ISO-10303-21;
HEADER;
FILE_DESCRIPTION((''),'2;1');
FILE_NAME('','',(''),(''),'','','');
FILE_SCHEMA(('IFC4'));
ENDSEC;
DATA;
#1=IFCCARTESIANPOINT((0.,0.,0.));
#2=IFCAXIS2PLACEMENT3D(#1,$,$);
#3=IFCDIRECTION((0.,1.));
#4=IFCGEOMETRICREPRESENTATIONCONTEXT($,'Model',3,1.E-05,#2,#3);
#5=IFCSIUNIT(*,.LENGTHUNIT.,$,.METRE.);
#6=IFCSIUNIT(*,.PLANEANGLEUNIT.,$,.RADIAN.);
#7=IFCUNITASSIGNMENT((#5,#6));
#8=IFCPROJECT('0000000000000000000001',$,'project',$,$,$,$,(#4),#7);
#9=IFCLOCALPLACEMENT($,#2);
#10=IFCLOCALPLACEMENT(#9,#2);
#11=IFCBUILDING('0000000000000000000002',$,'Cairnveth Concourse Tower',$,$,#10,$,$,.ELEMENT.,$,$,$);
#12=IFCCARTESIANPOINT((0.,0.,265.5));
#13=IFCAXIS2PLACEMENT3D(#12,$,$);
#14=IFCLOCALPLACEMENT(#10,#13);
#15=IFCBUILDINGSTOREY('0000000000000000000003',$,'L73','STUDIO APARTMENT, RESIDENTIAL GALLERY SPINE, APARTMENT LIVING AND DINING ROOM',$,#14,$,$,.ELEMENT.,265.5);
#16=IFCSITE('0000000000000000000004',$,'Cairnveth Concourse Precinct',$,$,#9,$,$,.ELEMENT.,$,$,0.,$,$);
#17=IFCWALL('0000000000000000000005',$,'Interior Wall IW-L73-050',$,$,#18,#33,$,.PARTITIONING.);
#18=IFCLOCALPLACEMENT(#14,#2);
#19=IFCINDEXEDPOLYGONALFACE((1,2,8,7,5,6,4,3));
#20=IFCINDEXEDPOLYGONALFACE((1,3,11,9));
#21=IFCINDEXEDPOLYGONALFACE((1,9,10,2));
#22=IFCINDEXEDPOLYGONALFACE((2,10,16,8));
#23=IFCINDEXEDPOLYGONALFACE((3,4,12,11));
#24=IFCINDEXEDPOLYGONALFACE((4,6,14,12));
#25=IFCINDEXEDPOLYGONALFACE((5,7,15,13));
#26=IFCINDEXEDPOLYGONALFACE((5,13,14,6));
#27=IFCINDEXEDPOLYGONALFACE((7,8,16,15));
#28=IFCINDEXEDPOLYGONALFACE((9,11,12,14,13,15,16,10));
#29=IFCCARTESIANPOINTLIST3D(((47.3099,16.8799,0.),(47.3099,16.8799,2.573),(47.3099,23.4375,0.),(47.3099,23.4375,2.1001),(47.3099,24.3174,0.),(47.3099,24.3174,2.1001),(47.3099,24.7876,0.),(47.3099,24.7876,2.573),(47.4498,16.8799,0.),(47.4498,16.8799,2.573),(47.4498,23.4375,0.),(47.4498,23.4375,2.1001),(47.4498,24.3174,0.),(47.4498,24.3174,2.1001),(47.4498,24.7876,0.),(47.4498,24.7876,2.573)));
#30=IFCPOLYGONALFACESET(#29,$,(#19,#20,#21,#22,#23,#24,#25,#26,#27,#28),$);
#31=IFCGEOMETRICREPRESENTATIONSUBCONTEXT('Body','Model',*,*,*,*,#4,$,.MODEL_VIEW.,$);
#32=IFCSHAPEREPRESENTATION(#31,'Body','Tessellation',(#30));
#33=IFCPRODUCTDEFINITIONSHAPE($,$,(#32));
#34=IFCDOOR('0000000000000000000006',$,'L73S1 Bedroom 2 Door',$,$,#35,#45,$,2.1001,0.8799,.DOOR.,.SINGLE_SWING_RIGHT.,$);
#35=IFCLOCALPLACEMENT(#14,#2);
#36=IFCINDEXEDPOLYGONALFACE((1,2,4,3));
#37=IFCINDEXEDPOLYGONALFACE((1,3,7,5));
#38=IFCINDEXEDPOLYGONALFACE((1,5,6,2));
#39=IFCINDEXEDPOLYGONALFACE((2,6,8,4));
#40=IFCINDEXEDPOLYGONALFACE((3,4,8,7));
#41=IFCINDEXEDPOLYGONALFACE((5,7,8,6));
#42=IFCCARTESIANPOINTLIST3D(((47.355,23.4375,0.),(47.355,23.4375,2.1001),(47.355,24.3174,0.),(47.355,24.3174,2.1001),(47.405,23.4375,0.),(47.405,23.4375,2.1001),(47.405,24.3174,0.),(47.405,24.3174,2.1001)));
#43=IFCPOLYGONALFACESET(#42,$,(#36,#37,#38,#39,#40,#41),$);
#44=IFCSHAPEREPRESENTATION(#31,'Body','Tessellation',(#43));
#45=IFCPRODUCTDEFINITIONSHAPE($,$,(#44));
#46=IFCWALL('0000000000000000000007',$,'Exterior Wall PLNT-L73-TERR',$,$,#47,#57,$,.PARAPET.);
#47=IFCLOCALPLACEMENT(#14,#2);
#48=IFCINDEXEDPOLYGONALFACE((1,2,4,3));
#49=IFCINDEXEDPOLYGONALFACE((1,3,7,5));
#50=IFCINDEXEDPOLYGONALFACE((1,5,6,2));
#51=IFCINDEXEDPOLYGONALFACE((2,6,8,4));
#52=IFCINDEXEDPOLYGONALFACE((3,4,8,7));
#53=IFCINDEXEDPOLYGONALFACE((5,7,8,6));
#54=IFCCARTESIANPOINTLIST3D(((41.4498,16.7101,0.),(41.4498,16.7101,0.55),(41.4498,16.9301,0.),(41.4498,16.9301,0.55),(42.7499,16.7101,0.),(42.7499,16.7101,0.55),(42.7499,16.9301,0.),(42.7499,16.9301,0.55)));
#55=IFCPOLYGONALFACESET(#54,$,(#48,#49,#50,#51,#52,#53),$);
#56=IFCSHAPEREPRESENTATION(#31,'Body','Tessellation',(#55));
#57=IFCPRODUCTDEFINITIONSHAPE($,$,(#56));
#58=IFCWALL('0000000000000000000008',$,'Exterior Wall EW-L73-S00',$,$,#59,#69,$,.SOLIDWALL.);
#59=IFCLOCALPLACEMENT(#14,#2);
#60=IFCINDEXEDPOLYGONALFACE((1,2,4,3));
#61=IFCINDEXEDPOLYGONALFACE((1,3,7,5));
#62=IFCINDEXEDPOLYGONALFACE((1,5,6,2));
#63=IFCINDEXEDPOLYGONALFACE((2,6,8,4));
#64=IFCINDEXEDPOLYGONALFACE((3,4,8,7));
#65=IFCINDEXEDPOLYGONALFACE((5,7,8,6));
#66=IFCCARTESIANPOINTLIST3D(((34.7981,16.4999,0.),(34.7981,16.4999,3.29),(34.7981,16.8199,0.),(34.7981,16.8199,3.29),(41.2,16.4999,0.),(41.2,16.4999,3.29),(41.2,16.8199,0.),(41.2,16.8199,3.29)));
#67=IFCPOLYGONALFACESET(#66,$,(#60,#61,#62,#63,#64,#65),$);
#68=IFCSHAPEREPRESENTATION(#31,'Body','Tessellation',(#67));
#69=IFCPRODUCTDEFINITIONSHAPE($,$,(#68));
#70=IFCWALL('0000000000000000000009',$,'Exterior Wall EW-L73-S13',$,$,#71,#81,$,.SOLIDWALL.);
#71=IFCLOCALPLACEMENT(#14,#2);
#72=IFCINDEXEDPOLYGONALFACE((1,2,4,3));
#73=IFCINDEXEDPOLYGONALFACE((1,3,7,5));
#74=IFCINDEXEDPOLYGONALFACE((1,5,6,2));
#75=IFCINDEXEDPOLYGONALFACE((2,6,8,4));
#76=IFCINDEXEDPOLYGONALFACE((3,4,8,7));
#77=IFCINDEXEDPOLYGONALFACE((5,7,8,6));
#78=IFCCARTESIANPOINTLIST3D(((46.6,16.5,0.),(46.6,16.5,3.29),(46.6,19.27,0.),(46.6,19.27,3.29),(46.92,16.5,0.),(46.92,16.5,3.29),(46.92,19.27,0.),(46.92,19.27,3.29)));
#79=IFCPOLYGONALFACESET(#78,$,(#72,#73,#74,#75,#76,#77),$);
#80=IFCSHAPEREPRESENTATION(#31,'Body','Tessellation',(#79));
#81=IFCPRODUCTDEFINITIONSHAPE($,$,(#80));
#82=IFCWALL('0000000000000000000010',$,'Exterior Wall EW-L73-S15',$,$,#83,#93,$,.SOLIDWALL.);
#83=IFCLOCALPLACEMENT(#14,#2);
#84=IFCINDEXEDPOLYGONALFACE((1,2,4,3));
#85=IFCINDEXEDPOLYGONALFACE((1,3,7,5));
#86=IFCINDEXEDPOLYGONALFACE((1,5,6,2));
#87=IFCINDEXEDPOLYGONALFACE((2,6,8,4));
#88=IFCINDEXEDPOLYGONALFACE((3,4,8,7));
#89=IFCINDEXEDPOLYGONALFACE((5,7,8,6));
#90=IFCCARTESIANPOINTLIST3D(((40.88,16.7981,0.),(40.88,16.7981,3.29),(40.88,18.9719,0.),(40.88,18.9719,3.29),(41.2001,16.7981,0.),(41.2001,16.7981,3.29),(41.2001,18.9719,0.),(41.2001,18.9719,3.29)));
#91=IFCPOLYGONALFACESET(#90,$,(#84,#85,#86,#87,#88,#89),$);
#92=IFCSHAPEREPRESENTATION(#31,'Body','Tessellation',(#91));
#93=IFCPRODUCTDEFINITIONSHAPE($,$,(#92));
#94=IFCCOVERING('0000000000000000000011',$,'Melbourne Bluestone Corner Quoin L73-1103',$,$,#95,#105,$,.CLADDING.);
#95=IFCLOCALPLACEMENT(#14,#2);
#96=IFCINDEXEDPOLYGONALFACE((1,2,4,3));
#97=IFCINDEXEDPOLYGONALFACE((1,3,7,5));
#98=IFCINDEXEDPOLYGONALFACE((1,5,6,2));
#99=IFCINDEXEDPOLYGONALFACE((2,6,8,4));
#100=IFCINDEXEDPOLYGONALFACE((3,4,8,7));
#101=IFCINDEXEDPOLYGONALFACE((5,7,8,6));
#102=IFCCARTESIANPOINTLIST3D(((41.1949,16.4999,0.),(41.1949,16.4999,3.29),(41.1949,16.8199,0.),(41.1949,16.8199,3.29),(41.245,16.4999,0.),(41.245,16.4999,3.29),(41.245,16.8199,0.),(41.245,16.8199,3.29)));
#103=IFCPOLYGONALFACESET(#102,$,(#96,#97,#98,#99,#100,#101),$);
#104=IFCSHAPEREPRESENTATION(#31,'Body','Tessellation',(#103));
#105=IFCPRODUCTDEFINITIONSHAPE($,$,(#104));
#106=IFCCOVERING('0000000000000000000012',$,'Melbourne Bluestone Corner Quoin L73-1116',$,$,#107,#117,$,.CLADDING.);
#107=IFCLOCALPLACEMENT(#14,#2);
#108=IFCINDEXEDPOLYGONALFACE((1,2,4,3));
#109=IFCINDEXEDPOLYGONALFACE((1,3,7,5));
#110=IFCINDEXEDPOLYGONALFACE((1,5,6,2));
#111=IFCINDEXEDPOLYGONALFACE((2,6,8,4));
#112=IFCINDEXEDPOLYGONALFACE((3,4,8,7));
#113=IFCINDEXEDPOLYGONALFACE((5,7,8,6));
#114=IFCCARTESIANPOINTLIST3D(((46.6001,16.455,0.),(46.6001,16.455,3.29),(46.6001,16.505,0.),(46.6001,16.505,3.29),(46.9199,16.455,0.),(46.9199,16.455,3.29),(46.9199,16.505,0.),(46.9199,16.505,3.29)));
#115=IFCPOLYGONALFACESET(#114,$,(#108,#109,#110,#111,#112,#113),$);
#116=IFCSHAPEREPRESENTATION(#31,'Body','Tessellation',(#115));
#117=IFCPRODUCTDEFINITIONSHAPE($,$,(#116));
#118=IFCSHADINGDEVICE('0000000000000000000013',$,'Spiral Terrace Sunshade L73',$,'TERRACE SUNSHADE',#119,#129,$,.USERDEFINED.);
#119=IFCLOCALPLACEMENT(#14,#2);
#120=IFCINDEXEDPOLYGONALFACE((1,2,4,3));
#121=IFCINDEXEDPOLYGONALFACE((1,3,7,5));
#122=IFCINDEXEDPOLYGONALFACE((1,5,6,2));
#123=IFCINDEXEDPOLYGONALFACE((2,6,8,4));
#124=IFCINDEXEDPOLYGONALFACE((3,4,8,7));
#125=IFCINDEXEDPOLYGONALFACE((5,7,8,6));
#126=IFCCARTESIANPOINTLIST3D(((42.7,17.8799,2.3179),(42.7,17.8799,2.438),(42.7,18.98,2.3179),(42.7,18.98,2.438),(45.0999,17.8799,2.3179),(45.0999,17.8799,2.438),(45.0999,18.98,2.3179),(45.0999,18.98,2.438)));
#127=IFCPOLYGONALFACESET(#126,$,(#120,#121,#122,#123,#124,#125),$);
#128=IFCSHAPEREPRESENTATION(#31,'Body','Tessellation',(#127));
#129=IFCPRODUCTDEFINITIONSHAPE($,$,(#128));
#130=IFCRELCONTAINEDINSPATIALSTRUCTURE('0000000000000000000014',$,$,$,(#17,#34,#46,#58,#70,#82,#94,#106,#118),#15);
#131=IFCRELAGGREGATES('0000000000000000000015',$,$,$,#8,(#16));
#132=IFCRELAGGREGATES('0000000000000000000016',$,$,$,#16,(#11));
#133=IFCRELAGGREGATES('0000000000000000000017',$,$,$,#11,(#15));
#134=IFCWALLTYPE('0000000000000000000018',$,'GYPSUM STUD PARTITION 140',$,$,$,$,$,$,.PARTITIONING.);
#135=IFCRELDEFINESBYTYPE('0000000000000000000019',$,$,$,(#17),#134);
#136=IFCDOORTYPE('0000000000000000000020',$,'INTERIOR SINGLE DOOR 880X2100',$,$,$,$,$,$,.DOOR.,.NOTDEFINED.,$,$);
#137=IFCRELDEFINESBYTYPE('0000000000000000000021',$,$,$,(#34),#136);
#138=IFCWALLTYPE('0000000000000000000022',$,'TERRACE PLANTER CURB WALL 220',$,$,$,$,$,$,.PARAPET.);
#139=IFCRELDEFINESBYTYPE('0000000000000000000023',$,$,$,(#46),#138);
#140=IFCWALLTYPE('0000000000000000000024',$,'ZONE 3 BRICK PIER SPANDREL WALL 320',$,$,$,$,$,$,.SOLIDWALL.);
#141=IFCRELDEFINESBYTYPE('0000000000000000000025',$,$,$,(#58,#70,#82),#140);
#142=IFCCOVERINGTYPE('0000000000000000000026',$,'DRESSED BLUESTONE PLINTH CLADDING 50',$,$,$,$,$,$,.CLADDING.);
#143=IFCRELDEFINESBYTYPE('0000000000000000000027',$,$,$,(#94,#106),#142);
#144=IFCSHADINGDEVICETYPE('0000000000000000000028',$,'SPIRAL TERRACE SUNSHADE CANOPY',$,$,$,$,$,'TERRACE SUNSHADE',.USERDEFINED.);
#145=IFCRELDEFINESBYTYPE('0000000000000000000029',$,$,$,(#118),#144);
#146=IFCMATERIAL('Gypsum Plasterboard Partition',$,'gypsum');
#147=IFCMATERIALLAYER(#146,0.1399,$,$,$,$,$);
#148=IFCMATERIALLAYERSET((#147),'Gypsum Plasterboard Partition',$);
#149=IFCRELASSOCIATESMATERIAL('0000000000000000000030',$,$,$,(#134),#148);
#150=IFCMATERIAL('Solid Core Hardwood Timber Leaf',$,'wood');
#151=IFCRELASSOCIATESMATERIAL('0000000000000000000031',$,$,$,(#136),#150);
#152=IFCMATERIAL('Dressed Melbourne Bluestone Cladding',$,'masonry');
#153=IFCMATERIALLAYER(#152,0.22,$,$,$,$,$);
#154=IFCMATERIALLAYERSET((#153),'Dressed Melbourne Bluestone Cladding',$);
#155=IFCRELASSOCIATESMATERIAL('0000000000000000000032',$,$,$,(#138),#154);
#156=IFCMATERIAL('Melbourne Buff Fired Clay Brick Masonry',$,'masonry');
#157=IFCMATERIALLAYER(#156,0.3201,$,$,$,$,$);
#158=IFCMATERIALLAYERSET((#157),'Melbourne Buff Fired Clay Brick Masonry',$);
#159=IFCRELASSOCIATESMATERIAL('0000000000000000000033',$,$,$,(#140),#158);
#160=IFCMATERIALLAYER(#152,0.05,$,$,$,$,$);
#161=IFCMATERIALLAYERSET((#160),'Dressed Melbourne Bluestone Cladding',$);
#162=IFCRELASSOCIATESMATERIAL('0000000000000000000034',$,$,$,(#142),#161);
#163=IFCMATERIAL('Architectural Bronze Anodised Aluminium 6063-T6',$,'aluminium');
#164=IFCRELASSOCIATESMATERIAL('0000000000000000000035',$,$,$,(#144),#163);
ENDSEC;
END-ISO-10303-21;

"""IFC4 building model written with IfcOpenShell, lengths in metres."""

from ifc_helpers import new_model, si_unit, direction, frame, frame_2d, origin, origin_2d, place, context, subcontext, project, spatial, rectangle, extrude, material, layer, layer_set, type_object, element, fill, save


model = new_model("IFC4")

# Units and contexts
model_context = context("Model", 3, precision=1e-05, world=origin(), true_north=direction((0.0, 1.0)))
body_context = subcontext(model_context, "Body", "Model", "MODEL_VIEW")
ifc_project = project(units=[si_unit("LENGTHUNIT", "METRE"), si_unit("PLANEANGLEUNIT", "RADIAN")], contexts=[model_context])

# Site, building, storey
site_placement = place(None, origin())
site = spatial("IfcSite", under=ifc_project, at=site_placement, Name="Cairnveth Concourse Precinct", CompositionType="ELEMENT", RefElevation=0.0)
building_placement = place(site_placement, origin())
building = spatial("IfcBuilding", under=site, at=building_placement, Name="Cairnveth Concourse Tower", CompositionType="ELEMENT")
storey_placement = place(building_placement, frame((0.0, 0.0, 265.5)))
storey = spatial("IfcBuildingStorey", under=building, at=storey_placement, Name="L73", Description="STUDIO APARTMENT, RESIDENTIAL GALLERY SPINE, APARTMENT LIVING AND DINING ROOM", CompositionType="ELEMENT", Elevation=265.5)

# Wall, opening, door
ifc_material_1 = material(Name="Gypsum Plasterboard Partition", Category="gypsum")
ifc_layer_1 = layer(ifc_material_1, 0.1399)
ifc_layer_set_1 = layer_set([ifc_layer_1], Name="Gypsum Plasterboard Partition")
wall_type_1 = type_object("IfcWallType", Name="GYPSUM STUD PARTITION 140", PredefinedType="PARTITIONING", material=ifc_layer_set_1)
ifc_material_2 = material(Name="Solid Core Hardwood Timber Leaf", Category="wood")
door_type_1 = type_object("IfcDoorType", Name="INTERIOR SINGLE DOOR 880X2100", OperationType="NOTDEFINED", PredefinedType="DOOR", material=ifc_material_2)
wall_1_placement = place(storey_placement, frame((47.3799, 16.8799, 0.0), z_axis=(0.0, 0.0, 1.0), x_axis=(0.0, 1.0, 0.0)))
wall_1 = element("IfcWall", 1, at=wall_1_placement, inside=storey, type_object=wall_type_1, Name="Interior Wall IW-L73-050", PredefinedType="PARTITIONING", context=body_context, shape_type="SweptSolid", body=[
    extrude(rectangle(XDim=7.9077, YDim=0.1399, at=frame_2d((3.9539, 0.0))), origin(), (0.0, 0.0, 1.0), 2.573),
])
opening_1_placement = place(wall_1_placement, frame((6.5576, 0.0, 0.0)))
opening_1 = element("IfcOpeningElement", 2, at=opening_1_placement, cuts=wall_1, PredefinedType="OPENING", context=body_context, shape_type="SweptSolid", body=[
    extrude(rectangle(XDim=0.8799, YDim=2.1001, at=frame_2d((0.4399, 1.05))), frame((0.0, 0.0798, 0.0), z_axis=(0.0, -1.0, 0.0), x_axis=(1.0, 0.0, 0.0)), (0.0, 0.0, 1.0), 0.1599),
])
door_1_placement = place(opening_1_placement, origin())
door_1 = element("IfcDoor", 3, at=door_1_placement, inside=storey, type_object=door_type_1, Name="L73S1 Bedroom 2 Door", OperationType="SINGLE_SWING_RIGHT", OverallHeight=2.1001, OverallWidth=0.8799, PredefinedType="DOOR", context=body_context, shape_type="SweptSolid", body=[
    extrude(rectangle(XDim=0.8799, YDim=2.1001, at=frame_2d((0.4399, 1.05))), frame((0.0, 0.0249, 0.0), z_axis=(0.0, -1.0, 0.0), x_axis=(1.0, 0.0, 0.0)), (0.0, 0.0, 1.0), 0.05),
])
fill(opening_1, door_1)

# Walls
ifc_material_3 = material(Name="Dressed Melbourne Bluestone Cladding", Category="masonry")
ifc_layer_2 = layer(ifc_material_3, 0.22)
ifc_layer_set_2 = layer_set([ifc_layer_2], Name="Dressed Melbourne Bluestone Cladding")
wall_type_2 = type_object("IfcWallType", Name="TERRACE PLANTER CURB WALL 220", PredefinedType="PARAPET", material=ifc_layer_set_2)
wall_2_placement = place(storey_placement, frame((41.45, 16.8201, 0.0), z_axis=(0.0, 0.0, 1.0), x_axis=(1.0, 0.0, 0.0)))
element("IfcWall", 4, at=wall_2_placement, inside=storey, type_object=wall_type_2, Name="Exterior Wall PLNT-L73-TERR", PredefinedType="PARAPET", context=body_context, shape_type="SweptSolid", body=[
    extrude(rectangle(XDim=1.3, YDim=0.22, at=frame_2d((0.6499, 0.0))), origin(), (0.0, 0.0, 1.0), 0.55),
])
ifc_material_4 = material(Name="Melbourne Buff Fired Clay Brick Masonry", Category="masonry")
ifc_layer_3 = layer(ifc_material_4, 0.3201)
ifc_layer_set_3 = layer_set([ifc_layer_3], Name="Melbourne Buff Fired Clay Brick Masonry")
wall_type_3 = type_object("IfcWallType", Name="ZONE 3 BRICK PIER SPANDREL WALL 320", PredefinedType="SOLIDWALL", material=ifc_layer_set_3)
wall_3_placement = place(storey_placement, frame((41.2, 16.6599, 0.0), z_axis=(0.0, 0.0, 1.0), x_axis=(-1.0, 0.0, 0.0)))
element("IfcWall", 5, at=wall_3_placement, inside=storey, type_object=wall_type_3, Name="Exterior Wall EW-L73-S00", PredefinedType="SOLIDWALL", context=body_context, shape_type="SweptSolid", body=[
    extrude(rectangle(XDim=6.4019, YDim=0.3201, at=frame_2d((3.2009, 0.0))), origin(), (0.0, 0.0, 1.0), 3.29),
])
wall_4_placement = place(storey_placement, frame((46.76, 16.5, 0.0), z_axis=(0.0, 0.0, 1.0), x_axis=(0.0, 1.0, 0.0)))
element("IfcWall", 6, at=wall_4_placement, inside=storey, type_object=wall_type_3, Name="Exterior Wall EW-L73-S13", PredefinedType="SOLIDWALL", context=body_context, shape_type="SweptSolid", body=[
    extrude(rectangle(XDim=2.77, YDim=0.3201, at=frame_2d((1.385, 0.0))), origin(), (0.0, 0.0, 1.0), 3.29),
])

# Shared definitions
ifc_material_5 = material(Name="Architectural Bronze Anodised Aluminium 6063-T6", Category="aluminium")

# Wall
wall_5_placement = place(storey_placement, frame((41.04, 18.9719, 0.0), z_axis=(0.0, 0.0, 1.0), x_axis=(0.0, -1.0, 0.0)))
element("IfcWall", 7, at=wall_5_placement, inside=storey, type_object=wall_type_3, Name="Exterior Wall EW-L73-S15", PredefinedType="SOLIDWALL", context=body_context, shape_type="SweptSolid", body=[
    extrude(rectangle(XDim=2.1738, YDim=0.3201, at=frame_2d((1.0869, 0.0))), origin(), (0.0, 0.0, 1.0), 3.29),
])

# Coverings
ifc_layer_4 = layer(ifc_material_3, 0.05)
ifc_layer_set_4 = layer_set([ifc_layer_4], Name="Dressed Melbourne Bluestone Cladding")
covering_type = type_object("IfcCoveringType", Name="DRESSED BLUESTONE PLINTH CLADDING 50", PredefinedType="CLADDING", material=ifc_layer_set_4)
covering_1_placement = place(storey_placement, frame((41.22, 16.8201, 0.0), z_axis=(0.0, 0.0, 1.0), x_axis=(0.0, -1.0, 0.0)))
element("IfcCovering", 8, at=covering_1_placement, inside=storey, type_object=covering_type, Name="Melbourne Bluestone Corner Quoin L73-1103", PredefinedType="CLADDING", context=body_context, shape_type="SweptSolid", body=[
    extrude(rectangle(XDim=0.3201, YDim=0.05, at=frame_2d((0.1602, 0.0))), origin(), (0.0, 0.0, 1.0), 3.29),
])
covering_2_placement = place(storey_placement, frame((46.9199, 16.48, 0.0), z_axis=(0.0, 0.0, 1.0), x_axis=(-1.0, 0.0, 0.0)))
element("IfcCovering", 9, at=covering_2_placement, inside=storey, type_object=covering_type, Name="Melbourne Bluestone Corner Quoin L73-1116", PredefinedType="CLADDING", context=body_context, shape_type="SweptSolid", body=[
    extrude(rectangle(XDim=0.3198, YDim=0.05, at=frame_2d((0.1599, 0.0))), origin(), (0.0, 0.0, 1.0), 3.29),
])

# Shading device
shading_device_type = type_object("IfcShadingDeviceType", Name="SPIRAL TERRACE SUNSHADE CANOPY", ElementType="TERRACE SUNSHADE", PredefinedType="USERDEFINED", material=ifc_material_5)
shading_device_placement = place(storey_placement, frame((43.8999, 18.4299, 2.3179), z_axis=(0.0, 0.0, 1.0), x_axis=(1.0, 0.0, 0.0)))
element("IfcShadingDevice", 10, at=shading_device_placement, inside=storey, type_object=shading_device_type, Name="Spiral Terrace Sunshade L73", ObjectType="TERRACE SUNSHADE", PredefinedType="USERDEFINED", context=body_context, shape_type="SweptSolid", body=[
    extrude(rectangle(XDim=2.3999, YDim=1.1001, at=origin_2d()), origin(), (0.0, 0.0, 1.0), 0.1201),
])

save(model, "model.ifc")
